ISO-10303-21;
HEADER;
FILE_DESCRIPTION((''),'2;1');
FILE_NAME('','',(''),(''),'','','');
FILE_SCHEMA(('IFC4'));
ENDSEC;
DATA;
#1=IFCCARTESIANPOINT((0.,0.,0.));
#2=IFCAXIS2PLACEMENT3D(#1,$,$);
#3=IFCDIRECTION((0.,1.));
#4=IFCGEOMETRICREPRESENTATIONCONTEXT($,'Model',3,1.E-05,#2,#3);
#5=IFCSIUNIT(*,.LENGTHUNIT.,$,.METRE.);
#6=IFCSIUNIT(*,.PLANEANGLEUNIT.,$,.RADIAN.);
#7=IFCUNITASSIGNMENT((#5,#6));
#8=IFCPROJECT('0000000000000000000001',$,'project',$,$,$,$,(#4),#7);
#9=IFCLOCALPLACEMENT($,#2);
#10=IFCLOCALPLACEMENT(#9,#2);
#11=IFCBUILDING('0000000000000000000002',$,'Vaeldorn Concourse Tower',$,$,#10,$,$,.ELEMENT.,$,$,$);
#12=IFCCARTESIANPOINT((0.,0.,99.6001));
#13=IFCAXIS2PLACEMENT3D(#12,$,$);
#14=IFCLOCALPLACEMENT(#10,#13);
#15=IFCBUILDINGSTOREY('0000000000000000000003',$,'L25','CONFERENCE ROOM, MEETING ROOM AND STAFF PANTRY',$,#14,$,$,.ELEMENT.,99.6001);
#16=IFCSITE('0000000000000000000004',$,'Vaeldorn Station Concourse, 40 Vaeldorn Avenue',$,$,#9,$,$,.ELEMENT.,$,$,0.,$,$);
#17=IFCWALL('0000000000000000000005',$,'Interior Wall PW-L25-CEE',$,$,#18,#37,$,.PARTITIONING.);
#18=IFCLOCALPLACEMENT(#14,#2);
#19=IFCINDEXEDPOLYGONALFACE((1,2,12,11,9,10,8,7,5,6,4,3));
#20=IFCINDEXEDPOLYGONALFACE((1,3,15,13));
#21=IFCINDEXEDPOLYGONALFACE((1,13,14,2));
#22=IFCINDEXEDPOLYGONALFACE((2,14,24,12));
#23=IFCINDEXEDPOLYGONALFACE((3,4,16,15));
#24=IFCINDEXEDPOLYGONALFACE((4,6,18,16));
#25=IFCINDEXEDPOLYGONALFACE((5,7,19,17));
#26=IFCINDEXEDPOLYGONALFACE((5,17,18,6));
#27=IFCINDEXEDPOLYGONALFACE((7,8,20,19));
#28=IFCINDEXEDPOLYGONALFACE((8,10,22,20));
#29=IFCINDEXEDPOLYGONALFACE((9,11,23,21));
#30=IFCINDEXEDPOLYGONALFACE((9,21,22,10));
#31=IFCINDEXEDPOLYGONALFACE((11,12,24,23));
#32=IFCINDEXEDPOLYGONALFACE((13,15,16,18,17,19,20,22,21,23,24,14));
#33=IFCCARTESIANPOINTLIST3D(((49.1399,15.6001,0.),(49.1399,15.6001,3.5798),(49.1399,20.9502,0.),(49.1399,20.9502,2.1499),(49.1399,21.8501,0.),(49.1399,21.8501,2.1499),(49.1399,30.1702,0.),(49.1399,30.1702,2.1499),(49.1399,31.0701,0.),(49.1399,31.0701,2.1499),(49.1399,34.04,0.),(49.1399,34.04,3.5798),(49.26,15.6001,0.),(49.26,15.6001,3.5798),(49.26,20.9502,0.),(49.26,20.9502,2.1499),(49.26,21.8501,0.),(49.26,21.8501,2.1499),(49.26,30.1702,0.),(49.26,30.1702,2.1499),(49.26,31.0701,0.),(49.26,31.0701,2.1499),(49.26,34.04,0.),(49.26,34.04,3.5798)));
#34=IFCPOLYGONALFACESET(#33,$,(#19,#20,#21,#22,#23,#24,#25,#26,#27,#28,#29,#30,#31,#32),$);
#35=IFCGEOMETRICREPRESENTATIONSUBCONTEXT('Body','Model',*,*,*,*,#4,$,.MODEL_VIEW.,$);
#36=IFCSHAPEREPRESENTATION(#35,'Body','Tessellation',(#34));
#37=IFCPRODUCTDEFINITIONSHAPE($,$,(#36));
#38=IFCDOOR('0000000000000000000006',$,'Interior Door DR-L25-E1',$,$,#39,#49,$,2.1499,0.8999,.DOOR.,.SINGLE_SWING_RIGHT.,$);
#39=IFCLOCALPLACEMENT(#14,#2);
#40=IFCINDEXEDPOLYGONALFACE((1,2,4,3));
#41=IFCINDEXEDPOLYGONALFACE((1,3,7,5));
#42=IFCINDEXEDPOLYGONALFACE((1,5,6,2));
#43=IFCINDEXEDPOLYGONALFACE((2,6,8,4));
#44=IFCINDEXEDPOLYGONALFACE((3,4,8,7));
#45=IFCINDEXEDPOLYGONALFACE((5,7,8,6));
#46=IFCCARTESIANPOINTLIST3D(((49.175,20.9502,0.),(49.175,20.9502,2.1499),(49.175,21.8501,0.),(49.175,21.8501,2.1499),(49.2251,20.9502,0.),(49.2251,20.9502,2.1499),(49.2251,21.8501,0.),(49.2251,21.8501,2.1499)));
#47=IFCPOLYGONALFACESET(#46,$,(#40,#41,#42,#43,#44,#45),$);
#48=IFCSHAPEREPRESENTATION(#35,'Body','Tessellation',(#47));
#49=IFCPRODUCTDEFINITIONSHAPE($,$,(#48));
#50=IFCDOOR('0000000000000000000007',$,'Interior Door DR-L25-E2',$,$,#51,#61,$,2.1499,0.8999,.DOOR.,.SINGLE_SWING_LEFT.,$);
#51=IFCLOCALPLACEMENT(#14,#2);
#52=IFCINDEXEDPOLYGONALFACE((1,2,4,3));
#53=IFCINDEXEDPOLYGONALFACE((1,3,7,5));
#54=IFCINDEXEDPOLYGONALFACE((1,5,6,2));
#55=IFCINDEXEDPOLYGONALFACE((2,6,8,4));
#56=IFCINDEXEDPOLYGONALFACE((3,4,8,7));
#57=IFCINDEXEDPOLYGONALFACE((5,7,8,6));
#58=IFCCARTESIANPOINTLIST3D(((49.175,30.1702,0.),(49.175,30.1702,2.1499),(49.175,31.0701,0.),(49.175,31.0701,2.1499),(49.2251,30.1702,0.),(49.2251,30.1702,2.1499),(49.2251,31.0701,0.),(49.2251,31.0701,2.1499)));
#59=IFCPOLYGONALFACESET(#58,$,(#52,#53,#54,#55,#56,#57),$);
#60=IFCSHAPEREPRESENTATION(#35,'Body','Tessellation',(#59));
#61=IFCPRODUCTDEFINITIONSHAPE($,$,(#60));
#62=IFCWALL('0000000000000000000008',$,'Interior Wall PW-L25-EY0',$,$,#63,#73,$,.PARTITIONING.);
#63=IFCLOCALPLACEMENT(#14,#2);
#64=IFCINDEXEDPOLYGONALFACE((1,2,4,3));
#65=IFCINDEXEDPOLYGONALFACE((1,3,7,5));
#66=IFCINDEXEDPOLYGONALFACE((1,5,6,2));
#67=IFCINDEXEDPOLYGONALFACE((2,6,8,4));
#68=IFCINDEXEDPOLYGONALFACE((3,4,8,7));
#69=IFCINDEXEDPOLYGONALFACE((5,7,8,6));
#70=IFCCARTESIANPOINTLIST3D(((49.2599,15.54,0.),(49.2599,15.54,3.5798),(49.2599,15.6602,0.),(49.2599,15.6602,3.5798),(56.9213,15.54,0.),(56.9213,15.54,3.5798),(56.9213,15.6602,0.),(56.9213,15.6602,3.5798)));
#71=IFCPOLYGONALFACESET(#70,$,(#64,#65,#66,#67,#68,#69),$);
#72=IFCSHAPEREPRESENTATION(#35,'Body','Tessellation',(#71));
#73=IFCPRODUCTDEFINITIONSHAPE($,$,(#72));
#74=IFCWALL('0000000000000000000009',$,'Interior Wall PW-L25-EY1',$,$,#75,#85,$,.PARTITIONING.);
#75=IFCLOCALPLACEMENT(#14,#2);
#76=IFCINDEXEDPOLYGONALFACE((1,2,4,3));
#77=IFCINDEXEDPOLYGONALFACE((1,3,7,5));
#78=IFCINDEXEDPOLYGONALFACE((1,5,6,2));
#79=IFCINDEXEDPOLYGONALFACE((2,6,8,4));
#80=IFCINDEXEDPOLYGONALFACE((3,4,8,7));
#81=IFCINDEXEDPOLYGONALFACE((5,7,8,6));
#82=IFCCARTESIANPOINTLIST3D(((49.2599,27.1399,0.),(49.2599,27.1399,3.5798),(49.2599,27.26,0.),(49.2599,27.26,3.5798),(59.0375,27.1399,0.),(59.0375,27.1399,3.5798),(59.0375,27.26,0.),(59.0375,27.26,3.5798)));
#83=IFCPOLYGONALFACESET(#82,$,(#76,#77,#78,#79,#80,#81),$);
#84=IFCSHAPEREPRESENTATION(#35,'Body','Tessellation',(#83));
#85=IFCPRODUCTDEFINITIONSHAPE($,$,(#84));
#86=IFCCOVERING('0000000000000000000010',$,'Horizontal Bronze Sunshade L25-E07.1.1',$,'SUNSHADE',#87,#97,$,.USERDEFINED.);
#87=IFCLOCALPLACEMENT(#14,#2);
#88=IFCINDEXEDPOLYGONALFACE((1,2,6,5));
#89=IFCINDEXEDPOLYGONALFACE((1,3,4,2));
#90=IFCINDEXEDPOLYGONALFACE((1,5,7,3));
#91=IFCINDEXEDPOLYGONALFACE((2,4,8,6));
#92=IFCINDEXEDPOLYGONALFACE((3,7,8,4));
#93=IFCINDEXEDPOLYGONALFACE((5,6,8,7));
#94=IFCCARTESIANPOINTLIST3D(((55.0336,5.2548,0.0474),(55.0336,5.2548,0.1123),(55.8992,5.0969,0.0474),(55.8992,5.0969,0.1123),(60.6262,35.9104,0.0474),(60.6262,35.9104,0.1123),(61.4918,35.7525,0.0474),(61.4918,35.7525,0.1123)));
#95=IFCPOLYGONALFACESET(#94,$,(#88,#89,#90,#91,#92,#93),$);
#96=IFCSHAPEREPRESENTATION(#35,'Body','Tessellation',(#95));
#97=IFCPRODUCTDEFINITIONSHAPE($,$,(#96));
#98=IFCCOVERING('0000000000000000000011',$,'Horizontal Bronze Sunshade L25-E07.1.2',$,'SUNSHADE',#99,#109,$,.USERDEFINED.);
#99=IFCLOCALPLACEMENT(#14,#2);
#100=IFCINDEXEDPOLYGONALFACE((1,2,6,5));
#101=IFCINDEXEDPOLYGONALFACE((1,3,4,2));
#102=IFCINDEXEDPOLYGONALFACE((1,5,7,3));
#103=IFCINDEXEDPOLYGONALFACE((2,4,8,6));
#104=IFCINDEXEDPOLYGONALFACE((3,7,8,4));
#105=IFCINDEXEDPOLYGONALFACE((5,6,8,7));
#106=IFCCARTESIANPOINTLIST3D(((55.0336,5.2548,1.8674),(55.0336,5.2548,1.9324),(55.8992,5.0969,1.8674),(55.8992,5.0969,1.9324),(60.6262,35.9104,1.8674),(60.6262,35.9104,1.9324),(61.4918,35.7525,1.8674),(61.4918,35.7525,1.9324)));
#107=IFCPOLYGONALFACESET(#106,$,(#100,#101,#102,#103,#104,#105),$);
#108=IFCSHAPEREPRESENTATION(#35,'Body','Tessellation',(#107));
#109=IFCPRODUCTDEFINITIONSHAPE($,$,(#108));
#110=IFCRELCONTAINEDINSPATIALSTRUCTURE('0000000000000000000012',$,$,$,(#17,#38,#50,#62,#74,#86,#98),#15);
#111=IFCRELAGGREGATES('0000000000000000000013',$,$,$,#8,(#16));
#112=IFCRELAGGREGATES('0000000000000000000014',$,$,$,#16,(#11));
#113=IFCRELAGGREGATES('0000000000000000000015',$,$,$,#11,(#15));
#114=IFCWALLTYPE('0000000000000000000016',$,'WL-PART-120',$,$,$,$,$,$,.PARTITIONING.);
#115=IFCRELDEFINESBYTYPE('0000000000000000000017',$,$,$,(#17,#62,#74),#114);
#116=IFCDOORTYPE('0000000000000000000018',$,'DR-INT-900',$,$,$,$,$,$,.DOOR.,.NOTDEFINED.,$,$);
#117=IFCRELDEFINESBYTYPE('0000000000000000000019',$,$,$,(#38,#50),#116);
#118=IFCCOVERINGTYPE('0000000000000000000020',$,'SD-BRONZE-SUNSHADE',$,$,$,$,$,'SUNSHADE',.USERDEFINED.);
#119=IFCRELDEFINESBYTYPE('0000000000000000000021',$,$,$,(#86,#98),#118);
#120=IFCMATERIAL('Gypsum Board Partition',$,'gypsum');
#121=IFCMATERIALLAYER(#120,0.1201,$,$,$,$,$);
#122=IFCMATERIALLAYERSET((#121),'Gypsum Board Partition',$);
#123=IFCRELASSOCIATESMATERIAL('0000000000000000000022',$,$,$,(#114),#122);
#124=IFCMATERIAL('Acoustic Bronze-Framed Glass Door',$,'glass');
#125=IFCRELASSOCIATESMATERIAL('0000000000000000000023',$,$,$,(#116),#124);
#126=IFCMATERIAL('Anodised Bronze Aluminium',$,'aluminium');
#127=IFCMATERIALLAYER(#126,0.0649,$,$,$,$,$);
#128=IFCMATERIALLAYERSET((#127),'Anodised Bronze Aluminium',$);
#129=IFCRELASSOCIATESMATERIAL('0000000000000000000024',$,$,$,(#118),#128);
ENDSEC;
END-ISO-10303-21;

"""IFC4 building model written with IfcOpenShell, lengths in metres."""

from ifc_helpers import new_model, si_unit, direction, frame, frame_2d, origin, origin_2d, place, context, subcontext, project, spatial, rectangle, extrude, source, transform, mapped, material, layer, layer_set, type_object, element, fill, save


model = new_model("IFC4")

# Units and contexts
model_context = context("Model", 3, precision=1e-05, world=origin(), true_north=direction((0.0, 1.0)))
body_context = subcontext(model_context, "Body", "Model", "MODEL_VIEW")
ifc_project = project(units=[si_unit("LENGTHUNIT", "METRE"), si_unit("PLANEANGLEUNIT", "RADIAN")], contexts=[model_context])

# Site, building, storey
site_placement = place(None, origin())
site = spatial("IfcSite", under=ifc_project, at=site_placement, Name="Vaeldorn Station Concourse, 40 Vaeldorn Avenue", CompositionType="ELEMENT", RefElevation=0.0)
building_placement = place(site_placement, origin())
building = spatial("IfcBuilding", under=site, at=building_placement, Name="Vaeldorn Concourse Tower", CompositionType="ELEMENT")
storey_placement = place(building_placement, frame((0.0, 0.0, 99.6001)))
storey = spatial("IfcBuildingStorey", under=building, at=storey_placement, Name="L25", Description="CONFERENCE ROOM, MEETING ROOM AND STAFF PANTRY", CompositionType="ELEMENT", Elevation=99.6001)

# Shared definitions
ifc_material_1 = material(Name="Anodised Bronze Aluminium", Category="aluminium")

# Shared definitions
ifc_material_2 = material(Name="Gypsum Board Partition", Category="gypsum")
ifc_layer_1 = layer(ifc_material_2, 0.1201)
ifc_layer_set_1 = layer_set([ifc_layer_1], Name="Gypsum Board Partition")
wall_type = type_object("IfcWallType", Name="WL-PART-120", PredefinedType="PARTITIONING", material=ifc_layer_set_1)

# Shared definitions
ifc_material_3 = material(Name="Acoustic Bronze-Framed Glass Door", Category="glass")
door_type = type_object("IfcDoorType", Name="DR-INT-900", OperationType="NOTDEFINED", PredefinedType="DOOR", material=ifc_material_3)
shared_shape_1 = source(origin(), body_context, "Body", "SweptSolid", [
    extrude(rectangle(XDim=0.8999, YDim=2.1499, at=frame_2d((0.45, 1.075))), frame((0.0, 0.0249, 0.0), z_axis=(0.0, -1.0, 0.0), x_axis=(1.0, 0.0, 0.0)), (0.0, 0.0, 1.0), 0.05),
])

# Wall, openings, doors
wall_1_placement = place(storey_placement, frame((49.2, 15.6001, 0.0), z_axis=(0.0, 0.0, 1.0), x_axis=(0.0, 1.0, 0.0)))
wall_1 = element("IfcWall", 1, at=wall_1_placement, inside=storey, type_object=wall_type, Name="Interior Wall PW-L25-CEE", PredefinedType="PARTITIONING", context=body_context, shape_type="SweptSolid", body=[
    extrude(rectangle(XDim=18.4399, YDim=0.1201, at=frame_2d((9.22, 0.0))), origin(), (0.0, 0.0, 1.0), 3.5798),
])
opening_1_placement = place(wall_1_placement, frame((5.3501, 0.0, 0.0)))
opening_1 = element("IfcOpeningElement", 2, at=opening_1_placement, cuts=wall_1, PredefinedType="OPENING", context=body_context, shape_type="SweptSolid", body=[
    extrude(rectangle(XDim=0.8999, YDim=2.1499, at=frame_2d((0.45, 1.075))), frame((0.0, 0.0701, 0.0), z_axis=(0.0, -1.0, 0.0), x_axis=(1.0, 0.0, 0.0)), (0.0, 0.0, 1.0), 0.1401),
])
opening_2_placement = place(wall_1_placement, frame((14.5701, 0.0, 0.0)))
opening_2 = element("IfcOpeningElement", 3, at=opening_2_placement, cuts=wall_1, PredefinedType="OPENING", context=body_context, shape_type="SweptSolid", body=[
    extrude(rectangle(XDim=0.8999, YDim=2.1499, at=frame_2d((0.45, 1.075))), frame((0.0, 0.0701, 0.0), z_axis=(0.0, -1.0, 0.0), x_axis=(1.0, 0.0, 0.0)), (0.0, 0.0, 1.0), 0.1401),
])
door_1_placement = place(opening_1_placement, origin())
door_1 = element("IfcDoor", 4, at=door_1_placement, inside=storey, type_object=door_type, Name="Interior Door DR-L25-E1", OperationType="SINGLE_SWING_RIGHT", OverallHeight=2.1499, OverallWidth=0.8999, PredefinedType="DOOR", context=body_context, shape_type="MappedRepresentation", body=[
    mapped(shared_shape_1, transform((0.0, 0.0, 0.0), scale=1.0)),
])
fill(opening_1, door_1)
door_2_placement = place(opening_2_placement, origin())
door_2 = element("IfcDoor", 5, at=door_2_placement, inside=storey, type_object=door_type, Name="Interior Door DR-L25-E2", OperationType="SINGLE_SWING_LEFT", OverallHeight=2.1499, OverallWidth=0.8999, PredefinedType="DOOR", context=body_context, shape_type="MappedRepresentation", body=[
    mapped(shared_shape_1, transform((0.0, 0.0, 0.0), scale=1.0)),
])
fill(opening_2, door_2)

# Walls
wall_2_placement = place(storey_placement, frame((49.26, 15.6001, 0.0), z_axis=(0.0, 0.0, 1.0), x_axis=(1.0, 0.0, 0.0)))
element("IfcWall", 6, at=wall_2_placement, inside=storey, type_object=wall_type, Name="Interior Wall PW-L25-EY0", PredefinedType="PARTITIONING", context=body_context, shape_type="SweptSolid", body=[
    extrude(rectangle(XDim=7.6614, YDim=0.1201, at=frame_2d((3.8306, 0.0))), origin(), (0.0, 0.0, 1.0), 3.5798),
])
wall_3_placement = place(storey_placement, frame((49.26, 27.2, 0.0), z_axis=(0.0, 0.0, 1.0), x_axis=(1.0, 0.0, 0.0)))
element("IfcWall", 7, at=wall_3_placement, inside=storey, type_object=wall_type, Name="Interior Wall PW-L25-EY1", PredefinedType="PARTITIONING", context=body_context, shape_type="SweptSolid", body=[
    extrude(rectangle(XDim=9.7776, YDim=0.1201, at=frame_2d((4.8887, 0.0))), origin(), (0.0, 0.0, 1.0), 3.5798),
])

# Coverings
ifc_layer_2 = layer(ifc_material_1, 0.0649)
ifc_layer_set_2 = layer_set([ifc_layer_2], Name="Anodised Bronze Aluminium")
covering_type = type_object("IfcCoveringType", Name="SD-BRONZE-SUNSHADE", ElementType="SUNSHADE", PredefinedType="USERDEFINED", material=ifc_layer_set_2)
shared_shape_2 = source(origin(), body_context, "Body", "SweptSolid", [
    extrude(rectangle(XDim=31.1616, YDim=0.8799, at=origin_2d()), origin(), (0.0, 0.0, 1.0), 0.0649),
])
for number, where, z_axis, x_axis, name in (
    (8, (58.2627, 20.5037, 0.0474), (0.0, 0.0, 1.0), (0.179472, 0.983763, 0.0), "Horizontal Bronze Sunshade L25-E07.1.1"),
    (9, (58.2627, 20.5037, 1.8674), (0.0, 0.0, 1.0), (0.179472, 0.983763, 0.0), "Horizontal Bronze Sunshade L25-E07.1.2"),
):
    element("IfcCovering", number, at=place(storey_placement, frame(where, z_axis=z_axis, x_axis=x_axis)), inside=storey, type_object=covering_type, Name=name, ObjectType="SUNSHADE", PredefinedType="USERDEFINED", context=body_context, shape_type="MappedRepresentation", body=[
        mapped(shared_shape_2, transform((0.0, 0.0, 0.0), scale=1.0)),
    ])

save(model, "model.ifc")
